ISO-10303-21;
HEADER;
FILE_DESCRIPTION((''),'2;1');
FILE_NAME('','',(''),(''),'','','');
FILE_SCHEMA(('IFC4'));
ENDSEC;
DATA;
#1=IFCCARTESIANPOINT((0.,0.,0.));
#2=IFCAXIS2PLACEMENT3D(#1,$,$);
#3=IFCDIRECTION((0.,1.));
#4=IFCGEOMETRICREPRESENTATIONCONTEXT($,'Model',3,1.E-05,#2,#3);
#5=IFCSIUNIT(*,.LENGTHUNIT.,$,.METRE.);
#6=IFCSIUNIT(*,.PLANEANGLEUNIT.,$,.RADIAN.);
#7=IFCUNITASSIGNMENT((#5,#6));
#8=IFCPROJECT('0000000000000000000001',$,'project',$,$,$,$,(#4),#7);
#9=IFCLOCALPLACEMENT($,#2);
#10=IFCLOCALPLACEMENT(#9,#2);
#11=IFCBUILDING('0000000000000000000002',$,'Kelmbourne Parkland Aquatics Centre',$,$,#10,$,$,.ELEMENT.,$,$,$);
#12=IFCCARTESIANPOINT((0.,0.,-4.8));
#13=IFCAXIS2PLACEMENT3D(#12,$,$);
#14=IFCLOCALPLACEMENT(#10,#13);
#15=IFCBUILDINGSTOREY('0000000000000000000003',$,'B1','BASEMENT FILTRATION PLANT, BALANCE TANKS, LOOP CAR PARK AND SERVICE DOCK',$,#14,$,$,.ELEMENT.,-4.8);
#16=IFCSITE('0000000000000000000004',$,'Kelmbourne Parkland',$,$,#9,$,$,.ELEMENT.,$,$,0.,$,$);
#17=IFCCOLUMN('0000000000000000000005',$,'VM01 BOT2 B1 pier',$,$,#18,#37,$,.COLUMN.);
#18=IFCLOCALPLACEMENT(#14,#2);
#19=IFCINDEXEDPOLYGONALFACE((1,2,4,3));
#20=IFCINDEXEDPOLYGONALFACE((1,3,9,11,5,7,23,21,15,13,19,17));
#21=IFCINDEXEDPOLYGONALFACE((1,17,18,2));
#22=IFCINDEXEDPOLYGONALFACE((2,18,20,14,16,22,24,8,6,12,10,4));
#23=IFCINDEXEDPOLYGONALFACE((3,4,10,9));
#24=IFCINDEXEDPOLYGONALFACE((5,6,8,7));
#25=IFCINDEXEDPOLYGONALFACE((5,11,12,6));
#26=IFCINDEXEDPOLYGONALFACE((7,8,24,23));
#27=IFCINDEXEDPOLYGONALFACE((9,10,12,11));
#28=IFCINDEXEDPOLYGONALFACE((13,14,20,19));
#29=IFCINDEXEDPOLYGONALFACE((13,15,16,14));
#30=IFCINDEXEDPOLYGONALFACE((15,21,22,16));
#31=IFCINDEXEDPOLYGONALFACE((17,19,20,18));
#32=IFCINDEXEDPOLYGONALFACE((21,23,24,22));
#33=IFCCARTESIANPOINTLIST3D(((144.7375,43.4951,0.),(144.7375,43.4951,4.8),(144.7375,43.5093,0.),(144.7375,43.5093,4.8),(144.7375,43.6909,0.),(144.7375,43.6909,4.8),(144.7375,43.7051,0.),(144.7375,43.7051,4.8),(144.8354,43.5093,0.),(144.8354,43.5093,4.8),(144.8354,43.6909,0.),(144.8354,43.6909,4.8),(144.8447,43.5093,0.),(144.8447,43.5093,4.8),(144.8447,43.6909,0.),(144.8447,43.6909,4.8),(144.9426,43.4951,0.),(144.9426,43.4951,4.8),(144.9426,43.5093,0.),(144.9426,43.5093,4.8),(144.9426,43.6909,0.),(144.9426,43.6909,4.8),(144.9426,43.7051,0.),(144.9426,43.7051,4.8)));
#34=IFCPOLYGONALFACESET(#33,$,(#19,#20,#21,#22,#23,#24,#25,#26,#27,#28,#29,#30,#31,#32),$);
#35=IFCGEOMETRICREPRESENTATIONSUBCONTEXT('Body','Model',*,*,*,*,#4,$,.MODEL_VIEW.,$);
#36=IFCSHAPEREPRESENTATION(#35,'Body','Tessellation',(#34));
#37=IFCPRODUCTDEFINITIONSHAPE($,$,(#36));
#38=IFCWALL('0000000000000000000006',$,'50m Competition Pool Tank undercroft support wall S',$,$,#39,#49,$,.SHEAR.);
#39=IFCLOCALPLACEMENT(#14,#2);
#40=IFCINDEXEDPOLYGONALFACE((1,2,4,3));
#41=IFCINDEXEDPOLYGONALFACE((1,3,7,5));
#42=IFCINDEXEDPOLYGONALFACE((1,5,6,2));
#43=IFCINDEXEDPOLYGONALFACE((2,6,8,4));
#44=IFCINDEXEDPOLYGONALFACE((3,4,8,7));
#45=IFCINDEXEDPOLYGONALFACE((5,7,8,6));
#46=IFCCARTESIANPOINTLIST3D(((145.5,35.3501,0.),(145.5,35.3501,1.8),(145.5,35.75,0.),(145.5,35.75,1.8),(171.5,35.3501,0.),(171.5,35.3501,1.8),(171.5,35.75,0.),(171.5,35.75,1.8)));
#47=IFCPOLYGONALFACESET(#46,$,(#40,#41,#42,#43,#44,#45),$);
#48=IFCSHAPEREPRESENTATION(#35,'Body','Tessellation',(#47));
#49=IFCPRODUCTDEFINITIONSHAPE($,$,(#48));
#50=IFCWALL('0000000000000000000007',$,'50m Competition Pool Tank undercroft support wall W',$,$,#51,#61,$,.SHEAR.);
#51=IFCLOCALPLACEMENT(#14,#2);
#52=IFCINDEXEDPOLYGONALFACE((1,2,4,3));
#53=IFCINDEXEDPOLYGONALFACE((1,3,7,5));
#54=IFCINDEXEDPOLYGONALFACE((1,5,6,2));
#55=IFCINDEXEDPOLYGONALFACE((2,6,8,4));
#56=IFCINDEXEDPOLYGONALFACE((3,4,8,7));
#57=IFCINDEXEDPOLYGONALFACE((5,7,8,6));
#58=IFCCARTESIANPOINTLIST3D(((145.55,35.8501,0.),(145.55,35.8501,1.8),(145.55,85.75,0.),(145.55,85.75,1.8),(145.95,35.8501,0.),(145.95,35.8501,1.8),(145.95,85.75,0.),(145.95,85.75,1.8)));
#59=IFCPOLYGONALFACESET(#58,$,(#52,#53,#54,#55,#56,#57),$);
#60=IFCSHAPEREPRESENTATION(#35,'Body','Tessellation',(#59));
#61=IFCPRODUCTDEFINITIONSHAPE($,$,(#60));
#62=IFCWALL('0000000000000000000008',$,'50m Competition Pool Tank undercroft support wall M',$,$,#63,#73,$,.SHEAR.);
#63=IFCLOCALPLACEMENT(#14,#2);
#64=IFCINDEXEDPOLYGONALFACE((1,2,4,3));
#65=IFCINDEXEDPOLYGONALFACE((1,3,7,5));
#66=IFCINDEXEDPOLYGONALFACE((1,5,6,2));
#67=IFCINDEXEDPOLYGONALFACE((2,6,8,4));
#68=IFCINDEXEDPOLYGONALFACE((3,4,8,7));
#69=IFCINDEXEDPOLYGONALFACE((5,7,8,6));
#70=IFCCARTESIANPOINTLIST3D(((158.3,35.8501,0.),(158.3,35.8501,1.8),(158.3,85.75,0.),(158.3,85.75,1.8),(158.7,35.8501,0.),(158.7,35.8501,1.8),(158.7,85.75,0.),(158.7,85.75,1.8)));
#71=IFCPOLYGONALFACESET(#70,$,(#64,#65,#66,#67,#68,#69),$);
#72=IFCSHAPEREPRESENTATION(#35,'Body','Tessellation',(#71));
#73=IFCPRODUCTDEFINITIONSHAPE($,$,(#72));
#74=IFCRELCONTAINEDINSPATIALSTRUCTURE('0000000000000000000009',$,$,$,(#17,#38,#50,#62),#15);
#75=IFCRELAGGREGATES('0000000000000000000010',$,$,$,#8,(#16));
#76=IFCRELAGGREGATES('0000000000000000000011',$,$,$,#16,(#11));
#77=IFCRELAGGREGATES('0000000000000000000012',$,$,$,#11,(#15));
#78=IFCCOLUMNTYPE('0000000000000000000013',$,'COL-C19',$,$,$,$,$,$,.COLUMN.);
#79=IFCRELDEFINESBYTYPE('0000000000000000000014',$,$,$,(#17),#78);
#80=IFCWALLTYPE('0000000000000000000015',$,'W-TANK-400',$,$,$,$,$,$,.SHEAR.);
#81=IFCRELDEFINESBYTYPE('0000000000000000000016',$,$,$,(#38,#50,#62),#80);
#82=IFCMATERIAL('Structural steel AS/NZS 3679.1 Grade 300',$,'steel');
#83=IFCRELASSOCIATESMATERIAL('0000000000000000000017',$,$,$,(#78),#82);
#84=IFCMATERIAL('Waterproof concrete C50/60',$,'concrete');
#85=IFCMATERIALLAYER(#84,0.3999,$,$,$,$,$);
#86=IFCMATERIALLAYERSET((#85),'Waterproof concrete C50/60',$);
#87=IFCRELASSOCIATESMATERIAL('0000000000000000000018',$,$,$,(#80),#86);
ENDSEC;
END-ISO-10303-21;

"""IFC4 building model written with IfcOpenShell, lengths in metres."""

from ifc_helpers import new_model, si_unit, direction, frame, frame_2d, origin, origin_2d, place, context, subcontext, project, spatial, rectangle, i_section, extrude, material, layer, layer_set, material_profile, profile_set, type_object, element, save


model = new_model("IFC4")

# Units and contexts
model_context = context("Model", 3, precision=1e-05, world=origin(), true_north=direction((0.0, 1.0)))
body_context = subcontext(model_context, "Body", "Model", "MODEL_VIEW")
ifc_project = project(units=[si_unit("LENGTHUNIT", "METRE"), si_unit("PLANEANGLEUNIT", "RADIAN")], contexts=[model_context])

# Site, building, storey
site_placement = place(None, origin())
site = spatial("IfcSite", under=ifc_project, at=site_placement, Name="Kelmbourne Parkland", CompositionType="ELEMENT", RefElevation=0.0)
building_placement = place(site_placement, origin())
building = spatial("IfcBuilding", under=site, at=building_placement, Name="Kelmbourne Parkland Aquatics Centre", CompositionType="ELEMENT")
storey_placement = place(building_placement, frame((0.0, 0.0, -4.8)))
storey = spatial("IfcBuildingStorey", under=building, at=storey_placement, Name="B1", Description="BASEMENT FILTRATION PLANT, BALANCE TANKS, LOOP CAR PARK AND SERVICE DOCK", CompositionType="ELEMENT", Elevation=-4.8)

# Shared definitions
ifc_material_1 = material(Name="Waterproof concrete C50/60", Category="concrete")

# Column
ifc_material_2 = material(Name="Structural steel AS/NZS 3679.1 Grade 300", Category="steel")
ifc_material_profile_1 = material_profile(ifc_material_2, i_section(OverallWidth=0.2051, OverallDepth=0.21, WebThickness=0.0093, FlangeThickness=0.0142, at=origin_2d()), Name="200UC59.5")
ifc_profile_set_1 = profile_set([ifc_material_profile_1], Name="Structural steel AS/NZS 3679.1 Grade 300")
column_type_1 = type_object("IfcColumnType", Name="COL-C19", PredefinedType="COLUMN", material=ifc_profile_set_1)
column_1_placement = place(storey_placement, frame((144.8401, 43.6001, 0.0), z_axis=(0.0, 0.0, 1.0), x_axis=(1.0, 0.0, 0.0)))
element("IfcColumn", 1, at=column_1_placement, inside=storey, type_object=column_type_1, Name="VM01 BOT2 B1 pier", PredefinedType="COLUMN", context=body_context, shape_type="SweptSolid", body=[
    extrude(i_section(OverallWidth=0.2051, OverallDepth=0.21, WebThickness=0.0093, FlangeThickness=0.0142, at=origin_2d()), origin(), (0.0, 0.0, 1.0), 4.8),
])

# Walls
ifc_layer = layer(ifc_material_1, 0.3999)
ifc_layer_set = layer_set([ifc_layer], Name="Waterproof concrete C50/60")
wall_type = type_object("IfcWallType", Name="W-TANK-400", PredefinedType="SHEAR", material=ifc_layer_set)
wall_placement = place(storey_placement, frame((145.5, 35.55, 0.0), z_axis=(0.0, 0.0, 1.0), x_axis=(1.0, 0.0, 0.0)))
element("IfcWall", 2, at=wall_placement, inside=storey, type_object=wall_type, Name="50m Competition Pool Tank undercroft support wall S", PredefinedType="SHEAR", context=body_context, shape_type="SweptSolid", body=[
    extrude(rectangle(XDim=26.0, YDim=0.3999, at=frame_2d((13.0, 0.0))), origin(), (0.0, 0.0, 1.0), 1.8),
])
for number, where, z_axis, x_axis, name in (
    (3, (145.75, 35.8501, 0.0), (0.0, 0.0, 1.0), (0.0, 1.0, 0.0), "50m Competition Pool Tank undercroft support wall W"),
    (4, (158.5, 35.8501, 0.0), (0.0, 0.0, 1.0), (0.0, 1.0, 0.0), "50m Competition Pool Tank undercroft support wall M"),
):
    element("IfcWall", number, at=place(storey_placement, frame(where, z_axis=z_axis, x_axis=x_axis)), inside=storey, type_object=wall_type, Name=name, PredefinedType="SHEAR", context=body_context, shape_type="SweptSolid", body=[
        extrude(rectangle(XDim=49.8999, YDim=0.3999, at=frame_2d((24.95, 0.0))), origin(), (0.0, 0.0, 1.0), 1.8),
    ])

save(model, "model.ifc")
